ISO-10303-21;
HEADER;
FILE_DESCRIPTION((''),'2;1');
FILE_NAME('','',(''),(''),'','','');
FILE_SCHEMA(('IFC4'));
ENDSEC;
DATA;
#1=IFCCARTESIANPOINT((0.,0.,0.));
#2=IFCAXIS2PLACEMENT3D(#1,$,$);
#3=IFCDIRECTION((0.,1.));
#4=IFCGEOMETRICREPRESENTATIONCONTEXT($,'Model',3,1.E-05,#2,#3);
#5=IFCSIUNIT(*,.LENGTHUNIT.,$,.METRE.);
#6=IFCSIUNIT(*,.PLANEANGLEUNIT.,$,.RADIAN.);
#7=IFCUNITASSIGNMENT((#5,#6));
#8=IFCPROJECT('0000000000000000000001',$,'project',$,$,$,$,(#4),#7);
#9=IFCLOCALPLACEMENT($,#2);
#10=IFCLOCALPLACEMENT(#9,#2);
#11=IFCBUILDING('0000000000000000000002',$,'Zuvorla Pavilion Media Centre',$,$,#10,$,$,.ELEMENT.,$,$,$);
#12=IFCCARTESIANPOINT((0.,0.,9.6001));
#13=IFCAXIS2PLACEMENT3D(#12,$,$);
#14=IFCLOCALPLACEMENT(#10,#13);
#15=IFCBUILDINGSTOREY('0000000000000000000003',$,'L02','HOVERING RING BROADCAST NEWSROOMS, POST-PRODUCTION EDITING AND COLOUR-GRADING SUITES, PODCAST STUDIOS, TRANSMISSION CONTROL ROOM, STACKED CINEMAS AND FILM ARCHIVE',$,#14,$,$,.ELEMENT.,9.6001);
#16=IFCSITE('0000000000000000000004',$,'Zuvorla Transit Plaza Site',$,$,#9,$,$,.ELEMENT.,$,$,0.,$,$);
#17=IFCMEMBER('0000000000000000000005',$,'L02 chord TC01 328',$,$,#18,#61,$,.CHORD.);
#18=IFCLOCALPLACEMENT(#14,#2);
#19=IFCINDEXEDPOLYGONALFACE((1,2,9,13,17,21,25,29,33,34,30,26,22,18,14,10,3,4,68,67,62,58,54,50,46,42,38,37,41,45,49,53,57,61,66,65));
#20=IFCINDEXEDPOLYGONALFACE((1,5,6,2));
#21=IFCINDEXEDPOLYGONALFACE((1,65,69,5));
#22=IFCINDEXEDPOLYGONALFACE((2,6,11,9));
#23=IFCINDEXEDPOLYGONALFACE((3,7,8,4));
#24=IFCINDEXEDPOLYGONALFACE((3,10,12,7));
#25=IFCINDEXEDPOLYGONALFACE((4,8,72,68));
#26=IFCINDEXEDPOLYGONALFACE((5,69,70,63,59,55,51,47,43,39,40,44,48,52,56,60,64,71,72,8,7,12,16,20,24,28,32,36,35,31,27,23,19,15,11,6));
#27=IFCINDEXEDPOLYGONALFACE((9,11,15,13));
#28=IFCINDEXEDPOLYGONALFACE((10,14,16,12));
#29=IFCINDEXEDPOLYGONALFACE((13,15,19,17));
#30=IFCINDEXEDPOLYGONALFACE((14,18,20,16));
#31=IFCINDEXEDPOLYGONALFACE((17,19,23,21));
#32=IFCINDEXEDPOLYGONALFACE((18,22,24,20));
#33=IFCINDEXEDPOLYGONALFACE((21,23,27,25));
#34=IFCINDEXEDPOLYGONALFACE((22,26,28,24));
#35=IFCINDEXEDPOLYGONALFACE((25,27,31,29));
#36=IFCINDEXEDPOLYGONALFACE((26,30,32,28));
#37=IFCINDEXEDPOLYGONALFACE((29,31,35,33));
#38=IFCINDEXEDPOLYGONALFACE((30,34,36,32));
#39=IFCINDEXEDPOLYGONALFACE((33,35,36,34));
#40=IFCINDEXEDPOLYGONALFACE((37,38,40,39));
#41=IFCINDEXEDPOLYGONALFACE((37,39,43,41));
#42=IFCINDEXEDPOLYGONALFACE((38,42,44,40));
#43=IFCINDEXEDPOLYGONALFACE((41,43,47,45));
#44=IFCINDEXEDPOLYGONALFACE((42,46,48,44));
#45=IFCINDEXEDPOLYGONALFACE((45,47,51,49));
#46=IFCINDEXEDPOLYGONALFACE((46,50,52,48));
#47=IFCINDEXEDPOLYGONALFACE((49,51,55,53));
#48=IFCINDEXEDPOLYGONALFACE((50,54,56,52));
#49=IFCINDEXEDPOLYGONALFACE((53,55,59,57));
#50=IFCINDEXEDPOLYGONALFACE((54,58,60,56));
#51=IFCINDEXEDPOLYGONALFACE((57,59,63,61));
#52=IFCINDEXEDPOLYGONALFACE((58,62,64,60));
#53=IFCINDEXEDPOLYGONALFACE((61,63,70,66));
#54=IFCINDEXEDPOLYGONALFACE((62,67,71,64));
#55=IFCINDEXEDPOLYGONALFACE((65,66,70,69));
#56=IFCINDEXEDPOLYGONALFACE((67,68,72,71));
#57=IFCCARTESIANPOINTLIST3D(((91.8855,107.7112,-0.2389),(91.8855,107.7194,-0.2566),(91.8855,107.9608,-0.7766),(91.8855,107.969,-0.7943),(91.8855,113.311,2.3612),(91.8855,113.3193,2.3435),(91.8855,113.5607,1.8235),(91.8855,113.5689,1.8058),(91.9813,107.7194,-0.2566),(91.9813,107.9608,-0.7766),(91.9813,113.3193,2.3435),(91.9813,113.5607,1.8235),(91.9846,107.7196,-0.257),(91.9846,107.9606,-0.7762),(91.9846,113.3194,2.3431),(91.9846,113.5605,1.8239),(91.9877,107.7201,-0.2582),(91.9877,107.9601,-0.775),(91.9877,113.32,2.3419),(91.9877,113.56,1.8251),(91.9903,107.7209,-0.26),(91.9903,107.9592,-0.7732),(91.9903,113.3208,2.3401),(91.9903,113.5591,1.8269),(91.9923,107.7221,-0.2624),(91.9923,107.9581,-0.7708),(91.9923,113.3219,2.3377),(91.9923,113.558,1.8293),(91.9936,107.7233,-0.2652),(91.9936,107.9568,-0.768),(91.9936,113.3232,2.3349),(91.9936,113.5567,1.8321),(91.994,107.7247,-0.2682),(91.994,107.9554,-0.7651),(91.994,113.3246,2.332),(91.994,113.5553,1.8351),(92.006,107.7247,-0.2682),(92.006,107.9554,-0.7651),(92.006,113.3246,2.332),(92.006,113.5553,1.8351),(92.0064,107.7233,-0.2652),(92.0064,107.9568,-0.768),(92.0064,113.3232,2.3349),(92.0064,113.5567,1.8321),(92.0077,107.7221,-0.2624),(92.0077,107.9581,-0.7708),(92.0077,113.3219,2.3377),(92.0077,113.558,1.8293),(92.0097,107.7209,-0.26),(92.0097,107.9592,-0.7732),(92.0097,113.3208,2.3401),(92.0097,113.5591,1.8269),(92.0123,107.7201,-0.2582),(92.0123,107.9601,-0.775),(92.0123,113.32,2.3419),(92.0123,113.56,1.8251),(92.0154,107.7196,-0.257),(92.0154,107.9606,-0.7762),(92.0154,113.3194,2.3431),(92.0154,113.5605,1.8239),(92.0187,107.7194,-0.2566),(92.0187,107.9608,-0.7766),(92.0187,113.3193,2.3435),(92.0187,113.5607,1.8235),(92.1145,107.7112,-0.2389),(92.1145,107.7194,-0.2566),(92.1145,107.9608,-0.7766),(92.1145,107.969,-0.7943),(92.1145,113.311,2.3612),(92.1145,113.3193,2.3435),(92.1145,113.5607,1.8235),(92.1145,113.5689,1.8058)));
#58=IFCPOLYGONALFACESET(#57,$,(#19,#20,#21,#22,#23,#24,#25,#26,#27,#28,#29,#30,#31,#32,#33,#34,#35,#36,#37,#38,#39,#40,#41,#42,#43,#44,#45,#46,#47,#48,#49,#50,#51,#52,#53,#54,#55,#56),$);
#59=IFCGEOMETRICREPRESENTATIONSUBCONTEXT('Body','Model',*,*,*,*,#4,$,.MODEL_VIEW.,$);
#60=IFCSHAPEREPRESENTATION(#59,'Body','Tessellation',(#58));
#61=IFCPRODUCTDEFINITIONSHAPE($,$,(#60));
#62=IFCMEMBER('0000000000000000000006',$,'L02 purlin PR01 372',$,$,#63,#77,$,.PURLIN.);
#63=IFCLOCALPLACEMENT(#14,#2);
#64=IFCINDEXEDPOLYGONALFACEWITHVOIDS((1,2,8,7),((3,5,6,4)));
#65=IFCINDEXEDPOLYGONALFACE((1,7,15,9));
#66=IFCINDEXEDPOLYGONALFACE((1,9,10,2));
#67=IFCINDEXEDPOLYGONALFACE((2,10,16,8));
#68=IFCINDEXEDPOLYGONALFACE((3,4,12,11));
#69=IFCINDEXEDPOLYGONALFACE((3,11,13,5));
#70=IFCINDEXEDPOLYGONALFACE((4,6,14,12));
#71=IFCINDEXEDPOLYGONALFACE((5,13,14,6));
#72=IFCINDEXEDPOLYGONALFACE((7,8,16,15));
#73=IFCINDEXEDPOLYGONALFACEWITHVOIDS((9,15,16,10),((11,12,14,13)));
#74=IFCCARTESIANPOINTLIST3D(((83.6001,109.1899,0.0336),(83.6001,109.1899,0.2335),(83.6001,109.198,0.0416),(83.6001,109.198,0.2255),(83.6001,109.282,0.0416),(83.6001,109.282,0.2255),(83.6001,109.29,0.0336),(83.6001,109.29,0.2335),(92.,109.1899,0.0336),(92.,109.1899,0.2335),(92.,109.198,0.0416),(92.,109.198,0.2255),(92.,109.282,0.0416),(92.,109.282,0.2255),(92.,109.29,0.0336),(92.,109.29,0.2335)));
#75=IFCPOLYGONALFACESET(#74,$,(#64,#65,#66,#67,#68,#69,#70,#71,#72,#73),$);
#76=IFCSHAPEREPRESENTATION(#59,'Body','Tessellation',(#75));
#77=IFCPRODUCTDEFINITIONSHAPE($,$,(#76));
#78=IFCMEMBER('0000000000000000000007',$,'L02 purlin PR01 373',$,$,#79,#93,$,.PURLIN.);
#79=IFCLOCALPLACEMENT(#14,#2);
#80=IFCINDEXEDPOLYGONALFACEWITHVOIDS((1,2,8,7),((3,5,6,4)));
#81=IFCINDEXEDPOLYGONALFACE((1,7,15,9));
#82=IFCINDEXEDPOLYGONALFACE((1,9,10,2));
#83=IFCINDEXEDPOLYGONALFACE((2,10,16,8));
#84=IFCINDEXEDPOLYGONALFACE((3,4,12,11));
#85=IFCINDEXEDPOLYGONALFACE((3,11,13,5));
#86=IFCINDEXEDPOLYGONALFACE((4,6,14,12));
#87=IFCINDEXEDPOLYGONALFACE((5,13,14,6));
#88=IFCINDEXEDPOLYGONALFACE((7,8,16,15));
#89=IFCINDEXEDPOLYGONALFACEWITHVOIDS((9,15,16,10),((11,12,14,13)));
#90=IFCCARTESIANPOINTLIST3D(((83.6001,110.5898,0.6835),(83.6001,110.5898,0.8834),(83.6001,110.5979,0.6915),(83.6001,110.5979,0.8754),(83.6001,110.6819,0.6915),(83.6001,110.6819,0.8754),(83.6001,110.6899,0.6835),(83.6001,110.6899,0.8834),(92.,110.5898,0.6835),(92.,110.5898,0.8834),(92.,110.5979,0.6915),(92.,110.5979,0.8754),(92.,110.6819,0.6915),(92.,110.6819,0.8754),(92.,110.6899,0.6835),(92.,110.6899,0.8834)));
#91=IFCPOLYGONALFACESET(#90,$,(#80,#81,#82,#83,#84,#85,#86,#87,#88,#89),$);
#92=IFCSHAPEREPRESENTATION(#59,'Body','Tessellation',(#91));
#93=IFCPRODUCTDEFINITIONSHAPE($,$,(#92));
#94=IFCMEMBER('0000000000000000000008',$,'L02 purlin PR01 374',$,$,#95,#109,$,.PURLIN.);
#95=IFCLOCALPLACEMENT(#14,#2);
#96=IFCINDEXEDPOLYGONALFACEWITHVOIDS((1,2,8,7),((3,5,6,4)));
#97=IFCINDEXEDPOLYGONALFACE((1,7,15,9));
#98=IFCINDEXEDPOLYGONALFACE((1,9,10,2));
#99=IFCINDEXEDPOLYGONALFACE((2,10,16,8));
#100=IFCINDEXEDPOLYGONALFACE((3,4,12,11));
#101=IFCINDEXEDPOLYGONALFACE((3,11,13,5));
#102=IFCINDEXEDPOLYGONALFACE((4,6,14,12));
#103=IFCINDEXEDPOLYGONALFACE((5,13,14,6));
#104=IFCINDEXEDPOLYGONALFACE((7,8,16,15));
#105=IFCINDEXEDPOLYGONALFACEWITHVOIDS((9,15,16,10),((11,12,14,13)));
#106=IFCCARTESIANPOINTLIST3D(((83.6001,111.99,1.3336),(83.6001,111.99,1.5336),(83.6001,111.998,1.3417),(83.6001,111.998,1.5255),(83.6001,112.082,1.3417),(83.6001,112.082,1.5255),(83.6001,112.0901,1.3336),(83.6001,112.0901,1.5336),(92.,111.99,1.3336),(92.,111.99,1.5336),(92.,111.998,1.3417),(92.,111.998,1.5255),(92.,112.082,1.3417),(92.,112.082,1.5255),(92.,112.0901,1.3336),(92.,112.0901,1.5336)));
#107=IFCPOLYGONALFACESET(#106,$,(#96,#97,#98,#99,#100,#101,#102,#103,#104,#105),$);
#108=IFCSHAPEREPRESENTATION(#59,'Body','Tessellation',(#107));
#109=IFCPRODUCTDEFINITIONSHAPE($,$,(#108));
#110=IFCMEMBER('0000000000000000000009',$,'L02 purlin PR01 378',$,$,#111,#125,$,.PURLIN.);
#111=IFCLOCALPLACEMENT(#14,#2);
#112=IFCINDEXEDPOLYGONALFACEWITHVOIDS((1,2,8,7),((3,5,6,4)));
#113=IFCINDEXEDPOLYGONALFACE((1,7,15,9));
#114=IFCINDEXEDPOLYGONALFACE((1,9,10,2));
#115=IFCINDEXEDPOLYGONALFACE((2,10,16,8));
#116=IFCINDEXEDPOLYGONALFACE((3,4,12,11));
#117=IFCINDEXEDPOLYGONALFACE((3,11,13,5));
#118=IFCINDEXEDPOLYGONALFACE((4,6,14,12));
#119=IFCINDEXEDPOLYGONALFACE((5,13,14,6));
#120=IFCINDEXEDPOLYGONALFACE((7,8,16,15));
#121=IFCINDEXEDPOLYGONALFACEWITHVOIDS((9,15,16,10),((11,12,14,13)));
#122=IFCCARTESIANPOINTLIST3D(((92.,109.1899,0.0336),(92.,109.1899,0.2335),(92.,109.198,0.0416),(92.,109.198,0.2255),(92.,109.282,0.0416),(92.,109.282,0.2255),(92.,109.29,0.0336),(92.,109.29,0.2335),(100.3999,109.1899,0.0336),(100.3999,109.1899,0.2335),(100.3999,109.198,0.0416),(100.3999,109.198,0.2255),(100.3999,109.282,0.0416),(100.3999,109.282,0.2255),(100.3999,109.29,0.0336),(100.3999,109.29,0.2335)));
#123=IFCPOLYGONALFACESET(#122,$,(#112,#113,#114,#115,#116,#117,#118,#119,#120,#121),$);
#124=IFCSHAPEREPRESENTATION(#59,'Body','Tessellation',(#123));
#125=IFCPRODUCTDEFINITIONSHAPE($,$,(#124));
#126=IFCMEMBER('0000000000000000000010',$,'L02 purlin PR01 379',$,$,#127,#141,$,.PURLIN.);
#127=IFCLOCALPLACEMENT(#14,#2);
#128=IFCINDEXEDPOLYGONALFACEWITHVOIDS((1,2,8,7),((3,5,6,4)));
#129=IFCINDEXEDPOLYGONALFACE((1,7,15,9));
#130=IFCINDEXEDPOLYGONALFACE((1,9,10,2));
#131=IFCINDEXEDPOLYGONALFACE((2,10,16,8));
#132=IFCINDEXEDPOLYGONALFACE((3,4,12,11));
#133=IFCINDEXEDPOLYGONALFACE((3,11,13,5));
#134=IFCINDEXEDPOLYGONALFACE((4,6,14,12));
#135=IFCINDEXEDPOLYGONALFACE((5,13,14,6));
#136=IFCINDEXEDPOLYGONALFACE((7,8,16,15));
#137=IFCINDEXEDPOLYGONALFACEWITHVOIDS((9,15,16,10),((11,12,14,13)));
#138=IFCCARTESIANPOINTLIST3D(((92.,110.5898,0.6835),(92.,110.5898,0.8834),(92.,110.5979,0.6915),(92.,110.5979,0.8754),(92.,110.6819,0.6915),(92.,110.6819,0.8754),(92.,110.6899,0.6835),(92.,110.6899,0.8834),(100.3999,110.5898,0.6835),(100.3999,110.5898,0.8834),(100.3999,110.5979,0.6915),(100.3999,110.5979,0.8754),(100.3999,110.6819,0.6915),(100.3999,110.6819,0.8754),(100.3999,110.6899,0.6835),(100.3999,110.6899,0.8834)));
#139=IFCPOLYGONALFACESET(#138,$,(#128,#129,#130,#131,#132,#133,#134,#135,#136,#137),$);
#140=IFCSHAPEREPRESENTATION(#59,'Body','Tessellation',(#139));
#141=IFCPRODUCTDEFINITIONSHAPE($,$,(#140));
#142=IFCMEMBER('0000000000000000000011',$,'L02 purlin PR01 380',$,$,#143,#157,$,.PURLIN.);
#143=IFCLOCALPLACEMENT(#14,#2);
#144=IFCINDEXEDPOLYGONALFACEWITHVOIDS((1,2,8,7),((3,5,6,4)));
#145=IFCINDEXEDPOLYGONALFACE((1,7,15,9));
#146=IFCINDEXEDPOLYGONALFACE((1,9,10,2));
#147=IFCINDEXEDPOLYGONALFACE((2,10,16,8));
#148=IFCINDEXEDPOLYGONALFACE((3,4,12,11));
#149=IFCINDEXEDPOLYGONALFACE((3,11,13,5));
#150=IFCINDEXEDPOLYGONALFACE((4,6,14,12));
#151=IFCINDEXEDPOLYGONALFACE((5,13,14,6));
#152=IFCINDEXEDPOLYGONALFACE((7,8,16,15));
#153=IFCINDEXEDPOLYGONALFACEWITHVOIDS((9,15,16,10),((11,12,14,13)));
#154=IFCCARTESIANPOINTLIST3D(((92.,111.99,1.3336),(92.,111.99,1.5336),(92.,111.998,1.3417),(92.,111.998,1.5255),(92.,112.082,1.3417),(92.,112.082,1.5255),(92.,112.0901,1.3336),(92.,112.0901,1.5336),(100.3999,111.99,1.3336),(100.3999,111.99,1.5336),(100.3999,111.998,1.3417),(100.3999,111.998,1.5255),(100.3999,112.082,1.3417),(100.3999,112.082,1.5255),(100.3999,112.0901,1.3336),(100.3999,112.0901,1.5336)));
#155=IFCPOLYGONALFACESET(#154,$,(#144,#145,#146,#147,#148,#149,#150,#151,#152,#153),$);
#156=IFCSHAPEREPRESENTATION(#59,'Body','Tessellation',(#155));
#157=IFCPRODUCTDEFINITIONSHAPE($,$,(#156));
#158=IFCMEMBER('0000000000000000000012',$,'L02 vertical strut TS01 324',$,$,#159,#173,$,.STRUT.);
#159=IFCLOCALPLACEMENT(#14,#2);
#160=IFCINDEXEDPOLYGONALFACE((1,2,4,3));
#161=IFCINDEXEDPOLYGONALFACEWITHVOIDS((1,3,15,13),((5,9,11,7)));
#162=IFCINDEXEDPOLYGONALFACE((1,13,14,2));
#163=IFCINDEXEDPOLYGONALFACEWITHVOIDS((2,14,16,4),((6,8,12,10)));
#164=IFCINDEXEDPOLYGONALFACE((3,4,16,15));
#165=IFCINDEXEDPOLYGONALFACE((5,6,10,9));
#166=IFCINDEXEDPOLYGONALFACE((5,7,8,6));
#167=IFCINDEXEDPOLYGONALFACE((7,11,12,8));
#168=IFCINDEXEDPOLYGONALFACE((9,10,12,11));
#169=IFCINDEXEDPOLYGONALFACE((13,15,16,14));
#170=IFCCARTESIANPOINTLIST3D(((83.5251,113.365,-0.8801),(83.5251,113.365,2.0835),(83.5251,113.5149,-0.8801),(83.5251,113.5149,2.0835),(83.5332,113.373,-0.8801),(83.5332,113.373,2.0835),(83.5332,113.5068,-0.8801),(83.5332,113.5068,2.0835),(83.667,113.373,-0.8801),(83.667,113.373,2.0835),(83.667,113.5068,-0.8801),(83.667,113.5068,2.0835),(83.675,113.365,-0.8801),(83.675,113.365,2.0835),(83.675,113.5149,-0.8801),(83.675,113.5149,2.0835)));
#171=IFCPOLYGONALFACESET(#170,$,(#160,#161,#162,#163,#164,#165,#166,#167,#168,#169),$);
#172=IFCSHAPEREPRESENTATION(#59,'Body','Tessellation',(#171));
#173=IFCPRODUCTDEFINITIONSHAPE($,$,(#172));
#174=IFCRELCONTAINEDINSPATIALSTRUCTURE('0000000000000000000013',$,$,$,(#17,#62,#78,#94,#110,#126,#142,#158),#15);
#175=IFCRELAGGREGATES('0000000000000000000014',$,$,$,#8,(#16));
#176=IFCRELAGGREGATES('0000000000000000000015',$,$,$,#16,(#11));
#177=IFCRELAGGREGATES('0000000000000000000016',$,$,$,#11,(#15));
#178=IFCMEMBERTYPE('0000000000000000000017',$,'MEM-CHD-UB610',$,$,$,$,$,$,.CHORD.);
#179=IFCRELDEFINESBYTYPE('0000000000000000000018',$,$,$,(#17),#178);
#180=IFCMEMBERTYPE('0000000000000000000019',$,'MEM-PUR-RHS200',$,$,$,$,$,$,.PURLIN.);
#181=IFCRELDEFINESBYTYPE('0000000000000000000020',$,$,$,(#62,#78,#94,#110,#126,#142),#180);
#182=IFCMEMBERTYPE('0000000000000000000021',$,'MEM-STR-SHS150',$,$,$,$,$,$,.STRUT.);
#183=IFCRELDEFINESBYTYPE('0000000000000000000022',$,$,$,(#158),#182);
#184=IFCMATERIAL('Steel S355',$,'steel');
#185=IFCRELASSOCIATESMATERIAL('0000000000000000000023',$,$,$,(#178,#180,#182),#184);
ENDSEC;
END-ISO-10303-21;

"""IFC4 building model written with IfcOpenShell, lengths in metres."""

from ifc_helpers import new_model, si_unit, direction, frame, origin, origin_2d, place, context, subcontext, project, spatial, hollow_rectangle, i_section, extrude, material, material_profile, profile_set, type_object, element, save


model = new_model("IFC4")

# Units and contexts
model_context = context("Model", 3, precision=1e-05, world=origin(), true_north=direction((0.0, 1.0)))
body_context = subcontext(model_context, "Body", "Model", "MODEL_VIEW")
ifc_project = project(units=[si_unit("LENGTHUNIT", "METRE"), si_unit("PLANEANGLEUNIT", "RADIAN")], contexts=[model_context])

# Site, building, storey
site_placement = place(None, origin())
site = spatial("IfcSite", under=ifc_project, at=site_placement, Name="Zuvorla Transit Plaza Site", CompositionType="ELEMENT", RefElevation=0.0)
building_placement = place(site_placement, origin())
building = spatial("IfcBuilding", under=site, at=building_placement, Name="Zuvorla Pavilion Media Centre", CompositionType="ELEMENT")
storey_placement = place(building_placement, frame((0.0, 0.0, 9.6001)))
storey = spatial("IfcBuildingStorey", under=building, at=storey_placement, Name="L02", Description="HOVERING RING BROADCAST NEWSROOMS, POST-PRODUCTION EDITING AND COLOUR-GRADING SUITES, PODCAST STUDIOS, TRANSMISSION CONTROL ROOM, STACKED CINEMAS AND FILM ARCHIVE", CompositionType="ELEMENT", Elevation=9.6001)

# Members
ifc_material_1 = material(Name="Steel S355", Category="steel")
ifc_material_profile_1 = material_profile(ifc_material_1, i_section(OverallWidth=0.229, OverallDepth=0.6123, WebThickness=0.012, FlangeThickness=0.0195, FilletRadius=0.0127, at=origin_2d()), Name="UB 610x229x125")
ifc_profile_set_1 = profile_set([ifc_material_profile_1], Name="Steel S355")
member_type_1 = type_object("IfcMemberType", Name="MEM-CHD-UB610", PredefinedType="CHORD", material=ifc_profile_set_1)
member_1_placement = place(storey_placement, frame((92.0, 107.8401, -0.5166), z_axis=(0.0, 0.906999, 0.421133), x_axis=(-1.0, 0.0, 0.0)))
element("IfcMember", 1, at=member_1_placement, inside=storey, type_object=member_type_1, Name="L02 chord TC01 328", PredefinedType="CHORD", context=body_context, shape_type="SweptSolid", body=[
    extrude(i_section(OverallWidth=0.229, OverallDepth=0.6123, WebThickness=0.012, FlangeThickness=0.0195, FilletRadius=0.0127, at=origin_2d()), origin(), (0.0, 0.0, 1.0), 6.1741),
])
ifc_material_profile_2 = material_profile(ifc_material_1, hollow_rectangle(XDim=0.1001, YDim=0.2, WallThickness=0.0081, at=origin_2d()), Name="RHS 200x100x8")
ifc_profile_set_2 = profile_set([ifc_material_profile_2], Name="Steel S355")
member_type_2 = type_object("IfcMemberType", Name="MEM-PUR-RHS200", PredefinedType="PURLIN", material=ifc_profile_set_2)
for number, where, z_axis, x_axis, name in (
    (2, (83.6001, 109.24, 0.1335), (1.0, 0.0, 0.0), (0.0, 1.0, 0.0), "L02 purlin PR01 372"),
    (3, (83.6001, 110.6399, 0.7834), (1.0, 0.0, 0.0), (0.0, 1.0, 0.0), "L02 purlin PR01 373"),
    (4, (83.6001, 112.04, 1.4336), (1.0, 0.0, 0.0), (0.0, 1.0, 0.0), "L02 purlin PR01 374"),
    (5, (92.0, 109.24, 0.1335), (1.0, 0.0, 0.0), (0.0, 1.0, 0.0), "L02 purlin PR01 378"),
    (6, (92.0, 110.6399, 0.7834), (1.0, 0.0, 0.0), (0.0, 1.0, 0.0), "L02 purlin PR01 379"),
    (7, (92.0, 112.04, 1.4336), (1.0, 0.0, 0.0), (0.0, 1.0, 0.0), "L02 purlin PR01 380"),
):
    element("IfcMember", number, at=place(storey_placement, frame(where, z_axis=z_axis, x_axis=x_axis)), inside=storey, type_object=member_type_2, Name=name, PredefinedType="PURLIN", context=body_context, shape_type="SweptSolid", body=[
        extrude(hollow_rectangle(XDim=0.1001, YDim=0.2, WallThickness=0.0081, at=origin_2d()), origin(), (0.0, 0.0, 1.0), 8.3999),
    ])
ifc_material_profile_3 = material_profile(ifc_material_1, hollow_rectangle(XDim=0.1499, YDim=0.1499, WallThickness=0.0081, at=origin_2d()), Name="SHS 150x150x8")
ifc_profile_set_3 = profile_set([ifc_material_profile_3], Name="Steel S355")
member_type_3 = type_object("IfcMemberType", Name="MEM-STR-SHS150", PredefinedType="STRUT", material=ifc_profile_set_3)
member_2_placement = place(storey_placement, frame((83.6001, 113.4399, -0.8801), z_axis=(0.0, 0.0, 1.0), x_axis=(1.0, 0.0, 0.0)))
element("IfcMember", 8, at=member_2_placement, inside=storey, type_object=member_type_3, Name="L02 vertical strut TS01 324", PredefinedType="STRUT", context=body_context, shape_type="SweptSolid", body=[
    extrude(hollow_rectangle(XDim=0.1499, YDim=0.1499, WallThickness=0.0081, at=origin_2d()), origin(), (0.0, 0.0, 1.0), 2.9636),
])

save(model, "model.ifc")
